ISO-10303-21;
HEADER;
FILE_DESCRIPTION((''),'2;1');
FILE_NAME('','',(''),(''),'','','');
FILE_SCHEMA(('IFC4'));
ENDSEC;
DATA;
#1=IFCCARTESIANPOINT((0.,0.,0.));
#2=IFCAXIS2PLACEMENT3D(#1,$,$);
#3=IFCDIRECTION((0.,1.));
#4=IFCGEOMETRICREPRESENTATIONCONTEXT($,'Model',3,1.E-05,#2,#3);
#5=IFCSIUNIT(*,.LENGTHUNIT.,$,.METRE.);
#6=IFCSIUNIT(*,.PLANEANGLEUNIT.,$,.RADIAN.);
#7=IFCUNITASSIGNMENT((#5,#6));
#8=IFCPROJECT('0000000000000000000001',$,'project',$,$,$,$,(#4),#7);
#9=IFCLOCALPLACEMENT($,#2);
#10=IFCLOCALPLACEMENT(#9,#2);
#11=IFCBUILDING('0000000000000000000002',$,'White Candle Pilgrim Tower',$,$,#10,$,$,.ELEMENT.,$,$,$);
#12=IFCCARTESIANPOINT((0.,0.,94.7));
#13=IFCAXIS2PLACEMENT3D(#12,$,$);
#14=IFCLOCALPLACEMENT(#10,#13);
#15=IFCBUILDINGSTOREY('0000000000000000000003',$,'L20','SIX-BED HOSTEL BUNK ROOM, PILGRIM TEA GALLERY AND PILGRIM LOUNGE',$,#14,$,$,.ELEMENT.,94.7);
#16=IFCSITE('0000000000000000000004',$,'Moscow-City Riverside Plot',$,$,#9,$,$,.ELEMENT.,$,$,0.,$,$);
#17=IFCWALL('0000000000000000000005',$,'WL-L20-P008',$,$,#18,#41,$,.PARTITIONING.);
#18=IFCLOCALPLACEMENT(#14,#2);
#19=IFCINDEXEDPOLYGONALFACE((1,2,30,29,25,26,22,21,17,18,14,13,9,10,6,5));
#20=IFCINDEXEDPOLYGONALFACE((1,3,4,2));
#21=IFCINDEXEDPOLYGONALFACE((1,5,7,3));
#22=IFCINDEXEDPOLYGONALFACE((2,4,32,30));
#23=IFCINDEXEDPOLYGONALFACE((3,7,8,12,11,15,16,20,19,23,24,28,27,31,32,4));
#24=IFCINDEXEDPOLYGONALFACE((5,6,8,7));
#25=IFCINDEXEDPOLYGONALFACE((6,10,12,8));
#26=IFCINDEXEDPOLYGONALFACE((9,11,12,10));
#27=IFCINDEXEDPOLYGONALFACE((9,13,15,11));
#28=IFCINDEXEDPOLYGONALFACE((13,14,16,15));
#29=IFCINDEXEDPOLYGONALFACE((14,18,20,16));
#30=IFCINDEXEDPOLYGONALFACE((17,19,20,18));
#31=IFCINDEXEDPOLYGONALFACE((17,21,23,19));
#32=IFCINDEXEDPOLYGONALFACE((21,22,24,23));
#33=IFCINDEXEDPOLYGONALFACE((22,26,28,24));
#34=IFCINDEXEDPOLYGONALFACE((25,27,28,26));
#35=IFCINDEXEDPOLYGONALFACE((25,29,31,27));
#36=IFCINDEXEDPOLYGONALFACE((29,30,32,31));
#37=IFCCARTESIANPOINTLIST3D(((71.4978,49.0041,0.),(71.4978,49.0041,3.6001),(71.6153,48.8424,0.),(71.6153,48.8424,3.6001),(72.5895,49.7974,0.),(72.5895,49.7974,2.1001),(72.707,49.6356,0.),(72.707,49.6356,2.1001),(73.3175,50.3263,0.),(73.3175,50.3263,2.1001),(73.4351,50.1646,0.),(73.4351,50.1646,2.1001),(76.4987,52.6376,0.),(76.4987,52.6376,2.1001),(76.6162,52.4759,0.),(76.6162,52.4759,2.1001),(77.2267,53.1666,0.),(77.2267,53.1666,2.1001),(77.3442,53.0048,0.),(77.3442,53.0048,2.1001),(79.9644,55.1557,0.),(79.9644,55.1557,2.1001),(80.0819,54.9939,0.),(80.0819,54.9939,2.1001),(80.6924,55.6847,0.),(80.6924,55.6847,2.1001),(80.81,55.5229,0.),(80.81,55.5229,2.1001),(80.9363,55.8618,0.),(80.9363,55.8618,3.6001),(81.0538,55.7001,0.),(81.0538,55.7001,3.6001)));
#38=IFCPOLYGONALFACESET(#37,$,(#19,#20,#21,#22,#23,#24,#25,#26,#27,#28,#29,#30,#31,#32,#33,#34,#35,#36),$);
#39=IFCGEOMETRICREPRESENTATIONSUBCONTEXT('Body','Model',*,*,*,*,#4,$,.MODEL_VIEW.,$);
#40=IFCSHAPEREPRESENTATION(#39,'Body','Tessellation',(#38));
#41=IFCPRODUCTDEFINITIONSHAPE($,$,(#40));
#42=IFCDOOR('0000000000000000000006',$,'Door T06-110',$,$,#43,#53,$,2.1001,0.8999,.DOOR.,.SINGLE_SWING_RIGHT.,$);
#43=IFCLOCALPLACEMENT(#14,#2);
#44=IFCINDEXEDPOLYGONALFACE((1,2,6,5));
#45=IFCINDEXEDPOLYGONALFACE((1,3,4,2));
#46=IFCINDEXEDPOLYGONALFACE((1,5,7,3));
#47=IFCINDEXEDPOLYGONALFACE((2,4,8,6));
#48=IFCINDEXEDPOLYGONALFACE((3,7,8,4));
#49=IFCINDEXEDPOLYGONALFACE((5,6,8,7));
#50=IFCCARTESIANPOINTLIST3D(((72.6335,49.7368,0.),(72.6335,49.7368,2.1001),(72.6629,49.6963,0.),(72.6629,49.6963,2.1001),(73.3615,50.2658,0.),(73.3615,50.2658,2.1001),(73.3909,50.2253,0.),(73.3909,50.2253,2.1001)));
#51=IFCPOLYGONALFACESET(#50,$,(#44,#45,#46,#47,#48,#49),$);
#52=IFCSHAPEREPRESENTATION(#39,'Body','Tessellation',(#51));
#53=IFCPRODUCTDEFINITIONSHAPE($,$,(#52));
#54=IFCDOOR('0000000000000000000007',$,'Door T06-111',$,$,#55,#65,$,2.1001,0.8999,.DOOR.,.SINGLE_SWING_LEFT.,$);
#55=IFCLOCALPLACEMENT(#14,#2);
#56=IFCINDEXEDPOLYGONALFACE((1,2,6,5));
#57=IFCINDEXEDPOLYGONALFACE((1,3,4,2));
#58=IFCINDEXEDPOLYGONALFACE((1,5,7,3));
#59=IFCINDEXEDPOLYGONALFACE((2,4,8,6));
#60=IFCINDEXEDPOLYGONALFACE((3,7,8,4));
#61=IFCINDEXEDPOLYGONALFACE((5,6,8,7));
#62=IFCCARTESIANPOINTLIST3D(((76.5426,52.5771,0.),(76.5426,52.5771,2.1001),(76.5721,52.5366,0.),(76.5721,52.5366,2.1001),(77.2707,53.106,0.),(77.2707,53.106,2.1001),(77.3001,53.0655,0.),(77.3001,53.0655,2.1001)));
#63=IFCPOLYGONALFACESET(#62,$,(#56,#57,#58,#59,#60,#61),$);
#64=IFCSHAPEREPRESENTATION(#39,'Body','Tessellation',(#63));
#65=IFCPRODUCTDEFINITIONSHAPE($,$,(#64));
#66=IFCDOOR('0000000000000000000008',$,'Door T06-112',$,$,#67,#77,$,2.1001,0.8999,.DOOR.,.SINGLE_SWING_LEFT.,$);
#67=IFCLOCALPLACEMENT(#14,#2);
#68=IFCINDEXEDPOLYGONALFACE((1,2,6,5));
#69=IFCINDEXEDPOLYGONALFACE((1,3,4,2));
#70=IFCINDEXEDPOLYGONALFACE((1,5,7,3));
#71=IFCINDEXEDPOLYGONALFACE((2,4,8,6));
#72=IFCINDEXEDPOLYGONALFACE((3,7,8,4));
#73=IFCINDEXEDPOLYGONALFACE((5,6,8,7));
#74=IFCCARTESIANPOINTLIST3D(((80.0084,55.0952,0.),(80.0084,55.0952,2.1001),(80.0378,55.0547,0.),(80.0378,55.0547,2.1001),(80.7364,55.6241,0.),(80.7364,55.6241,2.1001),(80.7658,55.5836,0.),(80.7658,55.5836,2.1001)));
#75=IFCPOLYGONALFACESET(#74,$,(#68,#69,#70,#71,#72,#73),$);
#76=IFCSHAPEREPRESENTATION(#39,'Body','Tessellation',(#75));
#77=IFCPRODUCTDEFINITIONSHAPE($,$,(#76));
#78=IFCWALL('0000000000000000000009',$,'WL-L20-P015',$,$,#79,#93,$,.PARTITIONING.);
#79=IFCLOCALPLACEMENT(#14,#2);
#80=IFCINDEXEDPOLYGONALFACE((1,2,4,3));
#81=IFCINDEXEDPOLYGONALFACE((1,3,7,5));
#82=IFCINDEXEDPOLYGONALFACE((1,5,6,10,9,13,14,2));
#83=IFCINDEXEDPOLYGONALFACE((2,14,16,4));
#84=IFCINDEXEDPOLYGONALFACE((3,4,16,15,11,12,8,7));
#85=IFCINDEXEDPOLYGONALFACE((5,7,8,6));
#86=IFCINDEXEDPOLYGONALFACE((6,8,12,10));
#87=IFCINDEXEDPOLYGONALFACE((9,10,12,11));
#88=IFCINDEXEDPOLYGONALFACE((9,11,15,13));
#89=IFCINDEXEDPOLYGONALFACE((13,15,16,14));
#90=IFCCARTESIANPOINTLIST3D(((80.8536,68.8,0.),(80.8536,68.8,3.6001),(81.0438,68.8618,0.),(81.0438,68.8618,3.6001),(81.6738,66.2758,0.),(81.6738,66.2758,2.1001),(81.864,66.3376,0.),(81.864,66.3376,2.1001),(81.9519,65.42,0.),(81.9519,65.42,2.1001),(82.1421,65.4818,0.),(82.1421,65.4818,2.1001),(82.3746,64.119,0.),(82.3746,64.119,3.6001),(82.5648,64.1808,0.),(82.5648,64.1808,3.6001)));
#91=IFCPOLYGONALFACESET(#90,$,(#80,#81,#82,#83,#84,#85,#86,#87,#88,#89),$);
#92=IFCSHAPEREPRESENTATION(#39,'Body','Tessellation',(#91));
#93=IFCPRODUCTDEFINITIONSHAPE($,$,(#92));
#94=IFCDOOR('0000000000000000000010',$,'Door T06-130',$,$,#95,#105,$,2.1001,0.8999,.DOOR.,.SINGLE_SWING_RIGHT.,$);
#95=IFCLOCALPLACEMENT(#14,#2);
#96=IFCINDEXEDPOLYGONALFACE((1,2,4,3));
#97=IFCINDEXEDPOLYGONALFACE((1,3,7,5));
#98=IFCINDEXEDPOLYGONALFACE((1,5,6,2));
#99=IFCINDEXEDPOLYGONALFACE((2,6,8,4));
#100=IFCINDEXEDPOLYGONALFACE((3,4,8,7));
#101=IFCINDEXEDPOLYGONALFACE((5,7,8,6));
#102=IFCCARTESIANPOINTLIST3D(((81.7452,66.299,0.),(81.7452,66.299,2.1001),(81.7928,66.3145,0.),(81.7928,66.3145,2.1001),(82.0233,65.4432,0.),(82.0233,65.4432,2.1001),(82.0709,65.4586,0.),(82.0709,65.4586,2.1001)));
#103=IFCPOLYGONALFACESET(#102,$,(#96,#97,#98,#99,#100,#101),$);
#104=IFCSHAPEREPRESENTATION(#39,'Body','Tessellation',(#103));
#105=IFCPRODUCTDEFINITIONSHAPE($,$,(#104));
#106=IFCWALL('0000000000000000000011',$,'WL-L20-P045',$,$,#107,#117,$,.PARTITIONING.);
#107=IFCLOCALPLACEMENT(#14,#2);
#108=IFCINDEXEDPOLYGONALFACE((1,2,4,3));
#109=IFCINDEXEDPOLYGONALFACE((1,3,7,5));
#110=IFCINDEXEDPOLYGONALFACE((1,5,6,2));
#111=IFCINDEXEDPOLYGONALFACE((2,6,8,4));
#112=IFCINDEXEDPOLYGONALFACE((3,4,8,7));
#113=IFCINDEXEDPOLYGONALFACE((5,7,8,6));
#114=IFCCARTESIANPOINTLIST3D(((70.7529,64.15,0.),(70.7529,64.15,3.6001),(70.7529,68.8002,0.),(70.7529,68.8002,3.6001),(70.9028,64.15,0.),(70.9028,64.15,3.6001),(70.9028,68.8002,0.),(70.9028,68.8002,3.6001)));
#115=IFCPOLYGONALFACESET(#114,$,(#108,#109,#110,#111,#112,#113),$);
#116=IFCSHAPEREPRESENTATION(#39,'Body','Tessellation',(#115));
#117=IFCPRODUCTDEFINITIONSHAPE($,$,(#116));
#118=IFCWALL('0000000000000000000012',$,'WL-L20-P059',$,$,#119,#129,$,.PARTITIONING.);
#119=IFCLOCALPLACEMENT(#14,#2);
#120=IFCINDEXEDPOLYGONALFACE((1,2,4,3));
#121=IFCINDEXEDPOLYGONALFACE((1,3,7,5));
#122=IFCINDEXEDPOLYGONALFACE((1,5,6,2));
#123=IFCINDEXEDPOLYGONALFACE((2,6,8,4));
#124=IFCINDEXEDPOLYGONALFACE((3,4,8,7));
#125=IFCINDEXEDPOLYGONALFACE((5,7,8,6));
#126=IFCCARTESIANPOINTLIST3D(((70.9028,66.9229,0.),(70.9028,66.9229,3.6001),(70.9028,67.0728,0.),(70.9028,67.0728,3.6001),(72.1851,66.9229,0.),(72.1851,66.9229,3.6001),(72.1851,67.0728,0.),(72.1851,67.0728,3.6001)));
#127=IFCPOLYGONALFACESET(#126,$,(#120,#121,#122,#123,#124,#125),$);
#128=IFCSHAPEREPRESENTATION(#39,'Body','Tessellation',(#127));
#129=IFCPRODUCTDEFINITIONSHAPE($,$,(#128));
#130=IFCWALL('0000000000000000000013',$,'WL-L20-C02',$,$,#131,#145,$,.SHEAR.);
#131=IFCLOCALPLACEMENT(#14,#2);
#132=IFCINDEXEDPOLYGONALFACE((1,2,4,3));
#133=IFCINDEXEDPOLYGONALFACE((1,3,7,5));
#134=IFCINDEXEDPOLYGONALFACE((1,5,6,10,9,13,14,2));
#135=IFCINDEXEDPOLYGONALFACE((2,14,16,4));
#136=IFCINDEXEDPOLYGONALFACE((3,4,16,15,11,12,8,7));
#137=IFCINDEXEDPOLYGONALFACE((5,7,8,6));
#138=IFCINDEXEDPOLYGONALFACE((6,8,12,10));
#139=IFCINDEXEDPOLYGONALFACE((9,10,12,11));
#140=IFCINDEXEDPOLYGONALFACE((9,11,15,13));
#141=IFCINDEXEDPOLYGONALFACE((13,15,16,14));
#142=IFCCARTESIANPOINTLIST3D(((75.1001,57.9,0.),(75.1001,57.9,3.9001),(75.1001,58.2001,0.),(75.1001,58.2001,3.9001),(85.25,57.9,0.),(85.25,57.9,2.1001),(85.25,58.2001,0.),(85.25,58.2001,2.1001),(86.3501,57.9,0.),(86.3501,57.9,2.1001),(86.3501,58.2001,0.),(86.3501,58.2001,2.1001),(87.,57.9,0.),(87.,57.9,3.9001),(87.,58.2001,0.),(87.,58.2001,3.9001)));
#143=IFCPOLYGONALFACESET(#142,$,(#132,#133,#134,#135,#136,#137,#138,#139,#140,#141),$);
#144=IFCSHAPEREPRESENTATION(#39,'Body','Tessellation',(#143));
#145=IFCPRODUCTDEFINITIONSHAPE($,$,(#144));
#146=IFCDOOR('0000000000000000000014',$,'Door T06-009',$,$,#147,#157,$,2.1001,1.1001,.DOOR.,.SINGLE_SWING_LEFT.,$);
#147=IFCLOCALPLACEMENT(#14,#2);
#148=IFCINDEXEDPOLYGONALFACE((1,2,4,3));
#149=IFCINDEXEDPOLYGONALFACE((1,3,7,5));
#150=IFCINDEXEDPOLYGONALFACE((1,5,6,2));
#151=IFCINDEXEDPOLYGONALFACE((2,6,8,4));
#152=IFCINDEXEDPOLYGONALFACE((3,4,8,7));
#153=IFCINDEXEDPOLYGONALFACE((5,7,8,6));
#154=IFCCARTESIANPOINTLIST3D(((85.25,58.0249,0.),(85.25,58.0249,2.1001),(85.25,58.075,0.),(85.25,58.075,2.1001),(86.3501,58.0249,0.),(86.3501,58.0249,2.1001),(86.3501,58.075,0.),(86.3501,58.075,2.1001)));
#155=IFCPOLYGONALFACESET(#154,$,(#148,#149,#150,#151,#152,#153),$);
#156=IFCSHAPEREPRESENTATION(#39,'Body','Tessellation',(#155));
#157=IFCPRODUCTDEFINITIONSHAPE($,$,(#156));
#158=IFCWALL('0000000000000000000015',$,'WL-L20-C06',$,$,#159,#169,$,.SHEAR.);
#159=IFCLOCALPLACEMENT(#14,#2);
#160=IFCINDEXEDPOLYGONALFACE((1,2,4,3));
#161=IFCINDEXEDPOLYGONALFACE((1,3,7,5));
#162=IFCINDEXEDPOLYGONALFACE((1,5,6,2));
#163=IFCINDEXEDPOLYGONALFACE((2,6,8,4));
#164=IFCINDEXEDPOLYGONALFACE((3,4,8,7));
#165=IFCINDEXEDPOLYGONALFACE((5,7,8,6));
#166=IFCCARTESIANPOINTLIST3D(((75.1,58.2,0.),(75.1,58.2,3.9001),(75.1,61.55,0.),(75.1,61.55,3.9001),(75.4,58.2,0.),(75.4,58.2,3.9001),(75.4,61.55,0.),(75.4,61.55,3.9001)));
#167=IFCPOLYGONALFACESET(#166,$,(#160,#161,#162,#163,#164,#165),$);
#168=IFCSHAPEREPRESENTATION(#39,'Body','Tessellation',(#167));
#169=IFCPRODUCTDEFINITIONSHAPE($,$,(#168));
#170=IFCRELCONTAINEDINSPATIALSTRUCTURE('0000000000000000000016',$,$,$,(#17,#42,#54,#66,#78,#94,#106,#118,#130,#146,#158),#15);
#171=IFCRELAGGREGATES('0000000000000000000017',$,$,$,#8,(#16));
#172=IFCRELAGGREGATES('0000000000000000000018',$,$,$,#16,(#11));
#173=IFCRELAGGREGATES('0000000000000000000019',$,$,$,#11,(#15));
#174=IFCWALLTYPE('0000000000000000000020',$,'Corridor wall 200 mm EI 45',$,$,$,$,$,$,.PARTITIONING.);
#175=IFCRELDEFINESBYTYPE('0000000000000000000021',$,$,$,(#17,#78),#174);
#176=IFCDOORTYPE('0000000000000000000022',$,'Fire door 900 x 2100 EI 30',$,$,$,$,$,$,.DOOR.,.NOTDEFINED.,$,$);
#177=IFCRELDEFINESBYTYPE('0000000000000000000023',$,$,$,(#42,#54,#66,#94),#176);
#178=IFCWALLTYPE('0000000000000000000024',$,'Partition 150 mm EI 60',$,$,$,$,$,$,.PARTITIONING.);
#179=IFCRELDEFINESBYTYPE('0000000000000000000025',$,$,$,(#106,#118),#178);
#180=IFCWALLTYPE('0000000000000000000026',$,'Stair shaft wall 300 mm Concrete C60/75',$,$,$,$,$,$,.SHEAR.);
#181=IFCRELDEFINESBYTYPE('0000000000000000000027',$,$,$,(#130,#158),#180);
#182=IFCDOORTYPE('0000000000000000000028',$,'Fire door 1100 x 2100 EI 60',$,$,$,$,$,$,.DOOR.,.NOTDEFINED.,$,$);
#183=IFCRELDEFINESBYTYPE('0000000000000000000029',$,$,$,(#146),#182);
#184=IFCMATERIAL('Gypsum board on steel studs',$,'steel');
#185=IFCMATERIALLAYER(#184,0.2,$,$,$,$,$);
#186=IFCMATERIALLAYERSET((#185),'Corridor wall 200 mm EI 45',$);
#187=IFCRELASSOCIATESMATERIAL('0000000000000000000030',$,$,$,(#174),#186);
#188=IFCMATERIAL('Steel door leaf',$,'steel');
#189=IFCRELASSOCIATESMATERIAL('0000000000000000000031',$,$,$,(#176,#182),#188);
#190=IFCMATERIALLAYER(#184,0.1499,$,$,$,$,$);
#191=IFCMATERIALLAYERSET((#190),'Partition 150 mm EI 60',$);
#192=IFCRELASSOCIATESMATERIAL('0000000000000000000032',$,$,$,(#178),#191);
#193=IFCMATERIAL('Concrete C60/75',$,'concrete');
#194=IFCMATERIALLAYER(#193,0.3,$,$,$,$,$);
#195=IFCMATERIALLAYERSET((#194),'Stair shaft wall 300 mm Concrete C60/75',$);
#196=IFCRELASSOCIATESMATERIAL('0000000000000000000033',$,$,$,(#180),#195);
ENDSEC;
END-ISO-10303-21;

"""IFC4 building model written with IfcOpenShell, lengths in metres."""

from ifc_helpers import new_model, si_unit, direction, frame, frame_2d, origin, place, context, subcontext, project, spatial, rectangle, extrude, material, layer, layer_set, type_object, element, fill, save


model = new_model("IFC4")

# Units and contexts
model_context = context("Model", 3, precision=1e-05, world=origin(), true_north=direction((0.0, 1.0)))
body_context = subcontext(model_context, "Body", "Model", "MODEL_VIEW")
ifc_project = project(units=[si_unit("LENGTHUNIT", "METRE"), si_unit("PLANEANGLEUNIT", "RADIAN")], contexts=[model_context])

# Site, building, storey
site_placement = place(None, origin())
site = spatial("IfcSite", under=ifc_project, at=site_placement, Name="Moscow-City Riverside Plot", CompositionType="ELEMENT", RefElevation=0.0)
building_placement = place(site_placement, origin())
building = spatial("IfcBuilding", under=site, at=building_placement, Name="White Candle Pilgrim Tower", CompositionType="ELEMENT")
storey_placement = place(building_placement, frame((0.0, 0.0, 94.7)))
storey = spatial("IfcBuildingStorey", under=building, at=storey_placement, Name="L20", Description="SIX-BED HOSTEL BUNK ROOM, PILGRIM TEA GALLERY AND PILGRIM LOUNGE", CompositionType="ELEMENT", Elevation=94.7)

# Wall, openings, doors
ifc_material_1 = material(Name="Gypsum board on steel studs", Category="steel")
ifc_layer_1 = layer(ifc_material_1, 0.2)
ifc_layer_set_1 = layer_set([ifc_layer_1], Name="Corridor wall 200 mm EI 45")
wall_type_1 = type_object("IfcWallType", Name="Corridor wall 200 mm EI 45", PredefinedType="PARTITIONING", material=ifc_layer_set_1)
wall_1_placement = place(storey_placement, frame((80.9951, 55.781, 0.0), z_axis=(0.0, 0.0, 1.0), x_axis=(-0.809008, -0.587797, 0.0)))
wall_1 = element("IfcWall", 1, at=wall_1_placement, inside=storey, type_object=wall_type_1, Name="WL-L20-P008", PredefinedType="PARTITIONING", context=body_context, shape_type="SweptSolid", body=[
    extrude(rectangle(XDim=11.6667, YDim=0.2, at=frame_2d((5.8335, 0.0))), origin(), (0.0, 0.0, 1.0), 3.6001),
])
opening_1_placement = place(wall_1_placement, frame((9.4175, 0.0, 0.0)))
opening_1 = element("IfcOpeningElement", 2, at=opening_1_placement, cuts=wall_1, PredefinedType="OPENING", context=body_context, shape_type="SweptSolid", body=[
    extrude(rectangle(XDim=0.8999, YDim=2.1001, at=frame_2d((0.45, 1.05))), frame((0.0, 0.1099, 0.0), z_axis=(0.0, -1.0, 0.0), x_axis=(1.0, 0.0, 0.0)), (0.0, 0.0, 1.0), 0.22),
])
opening_2_placement = place(wall_1_placement, frame((4.5854, 0.0, 0.0)))
opening_2 = element("IfcOpeningElement", 3, at=opening_2_placement, cuts=wall_1, PredefinedType="OPENING", context=body_context, shape_type="SweptSolid", body=[
    extrude(rectangle(XDim=0.8999, YDim=2.1001, at=frame_2d((0.45, 1.05))), frame((0.0, 0.1099, 0.0), z_axis=(0.0, -1.0, 0.0), x_axis=(1.0, 0.0, 0.0)), (0.0, 0.0, 1.0), 0.22),
])
opening_3_placement = place(wall_1_placement, frame((0.3015, 0.0, 0.0)))
opening_3 = element("IfcOpeningElement", 4, at=opening_3_placement, cuts=wall_1, PredefinedType="OPENING", context=body_context, shape_type="SweptSolid", body=[
    extrude(rectangle(XDim=0.8999, YDim=2.1001, at=frame_2d((0.45, 1.05))), frame((0.0, 0.1099, 0.0), z_axis=(0.0, -1.0, 0.0), x_axis=(1.0, 0.0, 0.0)), (0.0, 0.0, 1.0), 0.22),
])
ifc_material_2 = material(Name="Steel door leaf", Category="steel")
door_type_1 = type_object("IfcDoorType", Name="Fire door 900 x 2100 EI 30", OperationType="NOTDEFINED", PredefinedType="DOOR", material=ifc_material_2)
door_1_placement = place(opening_1_placement, origin())
door_1 = element("IfcDoor", 5, at=door_1_placement, inside=storey, type_object=door_type_1, Name="Door T06-110", OperationType="SINGLE_SWING_RIGHT", OverallHeight=2.1001, OverallWidth=0.8999, PredefinedType="DOOR", context=body_context, shape_type="SweptSolid", body=[
    extrude(rectangle(XDim=0.8999, YDim=2.1001, at=frame_2d((0.45, 1.05))), frame((0.0, 0.0249, 0.0), z_axis=(0.0, -1.0, 0.0), x_axis=(1.0, 0.0, 0.0)), (0.0, 0.0, 1.0), 0.05),
])
fill(opening_1, door_1)
door_2_placement = place(opening_2_placement, origin())
door_2 = element("IfcDoor", 6, at=door_2_placement, inside=storey, type_object=door_type_1, Name="Door T06-111", OperationType="SINGLE_SWING_LEFT", OverallHeight=2.1001, OverallWidth=0.8999, PredefinedType="DOOR", context=body_context, shape_type="SweptSolid", body=[
    extrude(rectangle(XDim=0.8999, YDim=2.1001, at=frame_2d((0.45, 1.05))), frame((0.0, 0.0249, 0.0), z_axis=(0.0, -1.0, 0.0), x_axis=(1.0, 0.0, 0.0)), (0.0, 0.0, 1.0), 0.05),
])
fill(opening_2, door_2)
door_3_placement = place(opening_3_placement, origin())
door_3 = element("IfcDoor", 7, at=door_3_placement, inside=storey, type_object=door_type_1, Name="Door T06-112", OperationType="SINGLE_SWING_LEFT", OverallHeight=2.1001, OverallWidth=0.8999, PredefinedType="DOOR", context=body_context, shape_type="SweptSolid", body=[
    extrude(rectangle(XDim=0.8999, YDim=2.1001, at=frame_2d((0.45, 1.05))), frame((0.0, 0.0249, 0.0), z_axis=(0.0, -1.0, 0.0), x_axis=(1.0, 0.0, 0.0)), (0.0, 0.0, 1.0), 0.05),
])
fill(opening_3, door_3)

# Wall, opening, door
wall_2_placement = place(storey_placement, frame((82.4697, 64.1499, 0.0), z_axis=(0.0, 0.0, 1.0), x_axis=(-0.309031, 0.951052, 0.0)))
wall_2 = element("IfcWall", 8, at=wall_2_placement, inside=storey, type_object=wall_type_1, Name="WL-L20-P015", PredefinedType="PARTITIONING", context=body_context, shape_type="SweptSolid", body=[
    extrude(rectangle(XDim=4.9219, YDim=0.2, at=frame_2d((2.4609, 0.0))), origin(), (0.0, 0.0, 1.0), 3.6001),
])
opening_4_placement = place(wall_2_placement, frame((1.3679, 0.0, 0.0)))
opening_4 = element("IfcOpeningElement", 9, at=opening_4_placement, cuts=wall_2, PredefinedType="OPENING", context=body_context, shape_type="SweptSolid", body=[
    extrude(rectangle(XDim=0.8999, YDim=2.1001, at=frame_2d((0.45, 1.05))), frame((0.0, 0.1099, 0.0), z_axis=(0.0, -1.0, 0.0), x_axis=(1.0, 0.0, 0.0)), (0.0, 0.0, 1.0), 0.22),
])
door_4_placement = place(opening_4_placement, origin())
door_4 = element("IfcDoor", 10, at=door_4_placement, inside=storey, type_object=door_type_1, Name="Door T06-130", OperationType="SINGLE_SWING_RIGHT", OverallHeight=2.1001, OverallWidth=0.8999, PredefinedType="DOOR", context=body_context, shape_type="SweptSolid", body=[
    extrude(rectangle(XDim=0.8999, YDim=2.1001, at=frame_2d((0.45, 1.05))), frame((0.0, 0.0249, 0.0), z_axis=(0.0, -1.0, 0.0), x_axis=(1.0, 0.0, 0.0)), (0.0, 0.0, 1.0), 0.05),
])
fill(opening_4, door_4)

# Walls
ifc_layer_2 = layer(ifc_material_1, 0.1499)
ifc_layer_set_2 = layer_set([ifc_layer_2], Name="Partition 150 mm EI 60")
wall_type_2 = type_object("IfcWallType", Name="Partition 150 mm EI 60", PredefinedType="PARTITIONING", material=ifc_layer_set_2)
wall_3_placement = place(storey_placement, frame((70.8279, 64.1499, 0.0), z_axis=(0.0, 0.0, 1.0), x_axis=(0.0, 1.0, 0.0)))
element("IfcWall", 11, at=wall_3_placement, inside=storey, type_object=wall_type_2, Name="WL-L20-P045", PredefinedType="PARTITIONING", context=body_context, shape_type="SweptSolid", body=[
    extrude(rectangle(XDim=4.6501, YDim=0.1499, at=frame_2d((2.3252, 0.0))), origin(), (0.0, 0.0, 1.0), 3.6001),
])
wall_4_placement = place(storey_placement, frame((72.1851, 66.9978, 0.0), z_axis=(0.0, 0.0, 1.0), x_axis=(-1.0, 0.0, 0.0)))
element("IfcWall", 12, at=wall_4_placement, inside=storey, type_object=wall_type_2, Name="WL-L20-P059", PredefinedType="PARTITIONING", context=body_context, shape_type="SweptSolid", body=[
    extrude(rectangle(XDim=1.2822, YDim=0.1499, at=frame_2d((0.6411, 0.0))), origin(), (0.0, 0.0, 1.0), 3.6001),
])

# Wall, opening, door
ifc_material_3 = material(Name="Concrete C60/75", Category="concrete")
ifc_layer_3 = layer(ifc_material_3, 0.3)
ifc_layer_set_3 = layer_set([ifc_layer_3], Name="Stair shaft wall 300 mm Concrete C60/75")
wall_type_3 = type_object("IfcWallType", Name="Stair shaft wall 300 mm Concrete C60/75", PredefinedType="SHEAR", material=ifc_layer_set_3)
wall_5_placement = place(storey_placement, frame((75.1001, 58.05, 0.0), z_axis=(0.0, 0.0, 1.0), x_axis=(1.0, 0.0, 0.0)))
wall_5 = element("IfcWall", 13, at=wall_5_placement, inside=storey, type_object=wall_type_3, Name="WL-L20-C02", PredefinedType="SHEAR", context=body_context, shape_type="SweptSolid", body=[
    extrude(rectangle(XDim=11.8999, YDim=0.3, at=frame_2d((5.95, 0.0))), origin(), (0.0, 0.0, 1.0), 3.9001),
])
opening_5_placement = place(wall_5_placement, frame((10.1499, 0.0, 0.0)))
opening_5 = element("IfcOpeningElement", 14, at=opening_5_placement, cuts=wall_5, PredefinedType="OPENING", context=body_context, shape_type="SweptSolid", body=[
    extrude(rectangle(XDim=1.1001, YDim=2.1001, at=frame_2d((0.55, 1.05))), frame((0.0, 0.1599, 0.0), z_axis=(0.0, -1.0, 0.0), x_axis=(1.0, 0.0, 0.0)), (0.0, 0.0, 1.0), 0.3201),
])
door_type_2 = type_object("IfcDoorType", Name="Fire door 1100 x 2100 EI 60", OperationType="NOTDEFINED", PredefinedType="DOOR", material=ifc_material_2)
door_5_placement = place(opening_5_placement, origin())
door_5 = element("IfcDoor", 15, at=door_5_placement, inside=storey, type_object=door_type_2, Name="Door T06-009", OperationType="SINGLE_SWING_LEFT", OverallHeight=2.1001, OverallWidth=1.1001, PredefinedType="DOOR", context=body_context, shape_type="SweptSolid", body=[
    extrude(rectangle(XDim=1.1001, YDim=2.1001, at=frame_2d((0.55, 1.05))), frame((0.0, 0.0249, 0.0), z_axis=(0.0, -1.0, 0.0), x_axis=(1.0, 0.0, 0.0)), (0.0, 0.0, 1.0), 0.05),
])
fill(opening_5, door_5)

# Wall
wall_6_placement = place(storey_placement, frame((75.25, 58.2, 0.0), z_axis=(0.0, 0.0, 1.0), x_axis=(0.0, 1.0, 0.0)))
element("IfcWall", 16, at=wall_6_placement, inside=storey, type_object=wall_type_3, Name="WL-L20-C06", PredefinedType="SHEAR", context=body_context, shape_type="SweptSolid", body=[
    extrude(rectangle(XDim=3.3501, YDim=0.3, at=frame_2d((1.675, 0.0))), origin(), (0.0, 0.0, 1.0), 3.9001),
])

save(model, "model.ifc")
